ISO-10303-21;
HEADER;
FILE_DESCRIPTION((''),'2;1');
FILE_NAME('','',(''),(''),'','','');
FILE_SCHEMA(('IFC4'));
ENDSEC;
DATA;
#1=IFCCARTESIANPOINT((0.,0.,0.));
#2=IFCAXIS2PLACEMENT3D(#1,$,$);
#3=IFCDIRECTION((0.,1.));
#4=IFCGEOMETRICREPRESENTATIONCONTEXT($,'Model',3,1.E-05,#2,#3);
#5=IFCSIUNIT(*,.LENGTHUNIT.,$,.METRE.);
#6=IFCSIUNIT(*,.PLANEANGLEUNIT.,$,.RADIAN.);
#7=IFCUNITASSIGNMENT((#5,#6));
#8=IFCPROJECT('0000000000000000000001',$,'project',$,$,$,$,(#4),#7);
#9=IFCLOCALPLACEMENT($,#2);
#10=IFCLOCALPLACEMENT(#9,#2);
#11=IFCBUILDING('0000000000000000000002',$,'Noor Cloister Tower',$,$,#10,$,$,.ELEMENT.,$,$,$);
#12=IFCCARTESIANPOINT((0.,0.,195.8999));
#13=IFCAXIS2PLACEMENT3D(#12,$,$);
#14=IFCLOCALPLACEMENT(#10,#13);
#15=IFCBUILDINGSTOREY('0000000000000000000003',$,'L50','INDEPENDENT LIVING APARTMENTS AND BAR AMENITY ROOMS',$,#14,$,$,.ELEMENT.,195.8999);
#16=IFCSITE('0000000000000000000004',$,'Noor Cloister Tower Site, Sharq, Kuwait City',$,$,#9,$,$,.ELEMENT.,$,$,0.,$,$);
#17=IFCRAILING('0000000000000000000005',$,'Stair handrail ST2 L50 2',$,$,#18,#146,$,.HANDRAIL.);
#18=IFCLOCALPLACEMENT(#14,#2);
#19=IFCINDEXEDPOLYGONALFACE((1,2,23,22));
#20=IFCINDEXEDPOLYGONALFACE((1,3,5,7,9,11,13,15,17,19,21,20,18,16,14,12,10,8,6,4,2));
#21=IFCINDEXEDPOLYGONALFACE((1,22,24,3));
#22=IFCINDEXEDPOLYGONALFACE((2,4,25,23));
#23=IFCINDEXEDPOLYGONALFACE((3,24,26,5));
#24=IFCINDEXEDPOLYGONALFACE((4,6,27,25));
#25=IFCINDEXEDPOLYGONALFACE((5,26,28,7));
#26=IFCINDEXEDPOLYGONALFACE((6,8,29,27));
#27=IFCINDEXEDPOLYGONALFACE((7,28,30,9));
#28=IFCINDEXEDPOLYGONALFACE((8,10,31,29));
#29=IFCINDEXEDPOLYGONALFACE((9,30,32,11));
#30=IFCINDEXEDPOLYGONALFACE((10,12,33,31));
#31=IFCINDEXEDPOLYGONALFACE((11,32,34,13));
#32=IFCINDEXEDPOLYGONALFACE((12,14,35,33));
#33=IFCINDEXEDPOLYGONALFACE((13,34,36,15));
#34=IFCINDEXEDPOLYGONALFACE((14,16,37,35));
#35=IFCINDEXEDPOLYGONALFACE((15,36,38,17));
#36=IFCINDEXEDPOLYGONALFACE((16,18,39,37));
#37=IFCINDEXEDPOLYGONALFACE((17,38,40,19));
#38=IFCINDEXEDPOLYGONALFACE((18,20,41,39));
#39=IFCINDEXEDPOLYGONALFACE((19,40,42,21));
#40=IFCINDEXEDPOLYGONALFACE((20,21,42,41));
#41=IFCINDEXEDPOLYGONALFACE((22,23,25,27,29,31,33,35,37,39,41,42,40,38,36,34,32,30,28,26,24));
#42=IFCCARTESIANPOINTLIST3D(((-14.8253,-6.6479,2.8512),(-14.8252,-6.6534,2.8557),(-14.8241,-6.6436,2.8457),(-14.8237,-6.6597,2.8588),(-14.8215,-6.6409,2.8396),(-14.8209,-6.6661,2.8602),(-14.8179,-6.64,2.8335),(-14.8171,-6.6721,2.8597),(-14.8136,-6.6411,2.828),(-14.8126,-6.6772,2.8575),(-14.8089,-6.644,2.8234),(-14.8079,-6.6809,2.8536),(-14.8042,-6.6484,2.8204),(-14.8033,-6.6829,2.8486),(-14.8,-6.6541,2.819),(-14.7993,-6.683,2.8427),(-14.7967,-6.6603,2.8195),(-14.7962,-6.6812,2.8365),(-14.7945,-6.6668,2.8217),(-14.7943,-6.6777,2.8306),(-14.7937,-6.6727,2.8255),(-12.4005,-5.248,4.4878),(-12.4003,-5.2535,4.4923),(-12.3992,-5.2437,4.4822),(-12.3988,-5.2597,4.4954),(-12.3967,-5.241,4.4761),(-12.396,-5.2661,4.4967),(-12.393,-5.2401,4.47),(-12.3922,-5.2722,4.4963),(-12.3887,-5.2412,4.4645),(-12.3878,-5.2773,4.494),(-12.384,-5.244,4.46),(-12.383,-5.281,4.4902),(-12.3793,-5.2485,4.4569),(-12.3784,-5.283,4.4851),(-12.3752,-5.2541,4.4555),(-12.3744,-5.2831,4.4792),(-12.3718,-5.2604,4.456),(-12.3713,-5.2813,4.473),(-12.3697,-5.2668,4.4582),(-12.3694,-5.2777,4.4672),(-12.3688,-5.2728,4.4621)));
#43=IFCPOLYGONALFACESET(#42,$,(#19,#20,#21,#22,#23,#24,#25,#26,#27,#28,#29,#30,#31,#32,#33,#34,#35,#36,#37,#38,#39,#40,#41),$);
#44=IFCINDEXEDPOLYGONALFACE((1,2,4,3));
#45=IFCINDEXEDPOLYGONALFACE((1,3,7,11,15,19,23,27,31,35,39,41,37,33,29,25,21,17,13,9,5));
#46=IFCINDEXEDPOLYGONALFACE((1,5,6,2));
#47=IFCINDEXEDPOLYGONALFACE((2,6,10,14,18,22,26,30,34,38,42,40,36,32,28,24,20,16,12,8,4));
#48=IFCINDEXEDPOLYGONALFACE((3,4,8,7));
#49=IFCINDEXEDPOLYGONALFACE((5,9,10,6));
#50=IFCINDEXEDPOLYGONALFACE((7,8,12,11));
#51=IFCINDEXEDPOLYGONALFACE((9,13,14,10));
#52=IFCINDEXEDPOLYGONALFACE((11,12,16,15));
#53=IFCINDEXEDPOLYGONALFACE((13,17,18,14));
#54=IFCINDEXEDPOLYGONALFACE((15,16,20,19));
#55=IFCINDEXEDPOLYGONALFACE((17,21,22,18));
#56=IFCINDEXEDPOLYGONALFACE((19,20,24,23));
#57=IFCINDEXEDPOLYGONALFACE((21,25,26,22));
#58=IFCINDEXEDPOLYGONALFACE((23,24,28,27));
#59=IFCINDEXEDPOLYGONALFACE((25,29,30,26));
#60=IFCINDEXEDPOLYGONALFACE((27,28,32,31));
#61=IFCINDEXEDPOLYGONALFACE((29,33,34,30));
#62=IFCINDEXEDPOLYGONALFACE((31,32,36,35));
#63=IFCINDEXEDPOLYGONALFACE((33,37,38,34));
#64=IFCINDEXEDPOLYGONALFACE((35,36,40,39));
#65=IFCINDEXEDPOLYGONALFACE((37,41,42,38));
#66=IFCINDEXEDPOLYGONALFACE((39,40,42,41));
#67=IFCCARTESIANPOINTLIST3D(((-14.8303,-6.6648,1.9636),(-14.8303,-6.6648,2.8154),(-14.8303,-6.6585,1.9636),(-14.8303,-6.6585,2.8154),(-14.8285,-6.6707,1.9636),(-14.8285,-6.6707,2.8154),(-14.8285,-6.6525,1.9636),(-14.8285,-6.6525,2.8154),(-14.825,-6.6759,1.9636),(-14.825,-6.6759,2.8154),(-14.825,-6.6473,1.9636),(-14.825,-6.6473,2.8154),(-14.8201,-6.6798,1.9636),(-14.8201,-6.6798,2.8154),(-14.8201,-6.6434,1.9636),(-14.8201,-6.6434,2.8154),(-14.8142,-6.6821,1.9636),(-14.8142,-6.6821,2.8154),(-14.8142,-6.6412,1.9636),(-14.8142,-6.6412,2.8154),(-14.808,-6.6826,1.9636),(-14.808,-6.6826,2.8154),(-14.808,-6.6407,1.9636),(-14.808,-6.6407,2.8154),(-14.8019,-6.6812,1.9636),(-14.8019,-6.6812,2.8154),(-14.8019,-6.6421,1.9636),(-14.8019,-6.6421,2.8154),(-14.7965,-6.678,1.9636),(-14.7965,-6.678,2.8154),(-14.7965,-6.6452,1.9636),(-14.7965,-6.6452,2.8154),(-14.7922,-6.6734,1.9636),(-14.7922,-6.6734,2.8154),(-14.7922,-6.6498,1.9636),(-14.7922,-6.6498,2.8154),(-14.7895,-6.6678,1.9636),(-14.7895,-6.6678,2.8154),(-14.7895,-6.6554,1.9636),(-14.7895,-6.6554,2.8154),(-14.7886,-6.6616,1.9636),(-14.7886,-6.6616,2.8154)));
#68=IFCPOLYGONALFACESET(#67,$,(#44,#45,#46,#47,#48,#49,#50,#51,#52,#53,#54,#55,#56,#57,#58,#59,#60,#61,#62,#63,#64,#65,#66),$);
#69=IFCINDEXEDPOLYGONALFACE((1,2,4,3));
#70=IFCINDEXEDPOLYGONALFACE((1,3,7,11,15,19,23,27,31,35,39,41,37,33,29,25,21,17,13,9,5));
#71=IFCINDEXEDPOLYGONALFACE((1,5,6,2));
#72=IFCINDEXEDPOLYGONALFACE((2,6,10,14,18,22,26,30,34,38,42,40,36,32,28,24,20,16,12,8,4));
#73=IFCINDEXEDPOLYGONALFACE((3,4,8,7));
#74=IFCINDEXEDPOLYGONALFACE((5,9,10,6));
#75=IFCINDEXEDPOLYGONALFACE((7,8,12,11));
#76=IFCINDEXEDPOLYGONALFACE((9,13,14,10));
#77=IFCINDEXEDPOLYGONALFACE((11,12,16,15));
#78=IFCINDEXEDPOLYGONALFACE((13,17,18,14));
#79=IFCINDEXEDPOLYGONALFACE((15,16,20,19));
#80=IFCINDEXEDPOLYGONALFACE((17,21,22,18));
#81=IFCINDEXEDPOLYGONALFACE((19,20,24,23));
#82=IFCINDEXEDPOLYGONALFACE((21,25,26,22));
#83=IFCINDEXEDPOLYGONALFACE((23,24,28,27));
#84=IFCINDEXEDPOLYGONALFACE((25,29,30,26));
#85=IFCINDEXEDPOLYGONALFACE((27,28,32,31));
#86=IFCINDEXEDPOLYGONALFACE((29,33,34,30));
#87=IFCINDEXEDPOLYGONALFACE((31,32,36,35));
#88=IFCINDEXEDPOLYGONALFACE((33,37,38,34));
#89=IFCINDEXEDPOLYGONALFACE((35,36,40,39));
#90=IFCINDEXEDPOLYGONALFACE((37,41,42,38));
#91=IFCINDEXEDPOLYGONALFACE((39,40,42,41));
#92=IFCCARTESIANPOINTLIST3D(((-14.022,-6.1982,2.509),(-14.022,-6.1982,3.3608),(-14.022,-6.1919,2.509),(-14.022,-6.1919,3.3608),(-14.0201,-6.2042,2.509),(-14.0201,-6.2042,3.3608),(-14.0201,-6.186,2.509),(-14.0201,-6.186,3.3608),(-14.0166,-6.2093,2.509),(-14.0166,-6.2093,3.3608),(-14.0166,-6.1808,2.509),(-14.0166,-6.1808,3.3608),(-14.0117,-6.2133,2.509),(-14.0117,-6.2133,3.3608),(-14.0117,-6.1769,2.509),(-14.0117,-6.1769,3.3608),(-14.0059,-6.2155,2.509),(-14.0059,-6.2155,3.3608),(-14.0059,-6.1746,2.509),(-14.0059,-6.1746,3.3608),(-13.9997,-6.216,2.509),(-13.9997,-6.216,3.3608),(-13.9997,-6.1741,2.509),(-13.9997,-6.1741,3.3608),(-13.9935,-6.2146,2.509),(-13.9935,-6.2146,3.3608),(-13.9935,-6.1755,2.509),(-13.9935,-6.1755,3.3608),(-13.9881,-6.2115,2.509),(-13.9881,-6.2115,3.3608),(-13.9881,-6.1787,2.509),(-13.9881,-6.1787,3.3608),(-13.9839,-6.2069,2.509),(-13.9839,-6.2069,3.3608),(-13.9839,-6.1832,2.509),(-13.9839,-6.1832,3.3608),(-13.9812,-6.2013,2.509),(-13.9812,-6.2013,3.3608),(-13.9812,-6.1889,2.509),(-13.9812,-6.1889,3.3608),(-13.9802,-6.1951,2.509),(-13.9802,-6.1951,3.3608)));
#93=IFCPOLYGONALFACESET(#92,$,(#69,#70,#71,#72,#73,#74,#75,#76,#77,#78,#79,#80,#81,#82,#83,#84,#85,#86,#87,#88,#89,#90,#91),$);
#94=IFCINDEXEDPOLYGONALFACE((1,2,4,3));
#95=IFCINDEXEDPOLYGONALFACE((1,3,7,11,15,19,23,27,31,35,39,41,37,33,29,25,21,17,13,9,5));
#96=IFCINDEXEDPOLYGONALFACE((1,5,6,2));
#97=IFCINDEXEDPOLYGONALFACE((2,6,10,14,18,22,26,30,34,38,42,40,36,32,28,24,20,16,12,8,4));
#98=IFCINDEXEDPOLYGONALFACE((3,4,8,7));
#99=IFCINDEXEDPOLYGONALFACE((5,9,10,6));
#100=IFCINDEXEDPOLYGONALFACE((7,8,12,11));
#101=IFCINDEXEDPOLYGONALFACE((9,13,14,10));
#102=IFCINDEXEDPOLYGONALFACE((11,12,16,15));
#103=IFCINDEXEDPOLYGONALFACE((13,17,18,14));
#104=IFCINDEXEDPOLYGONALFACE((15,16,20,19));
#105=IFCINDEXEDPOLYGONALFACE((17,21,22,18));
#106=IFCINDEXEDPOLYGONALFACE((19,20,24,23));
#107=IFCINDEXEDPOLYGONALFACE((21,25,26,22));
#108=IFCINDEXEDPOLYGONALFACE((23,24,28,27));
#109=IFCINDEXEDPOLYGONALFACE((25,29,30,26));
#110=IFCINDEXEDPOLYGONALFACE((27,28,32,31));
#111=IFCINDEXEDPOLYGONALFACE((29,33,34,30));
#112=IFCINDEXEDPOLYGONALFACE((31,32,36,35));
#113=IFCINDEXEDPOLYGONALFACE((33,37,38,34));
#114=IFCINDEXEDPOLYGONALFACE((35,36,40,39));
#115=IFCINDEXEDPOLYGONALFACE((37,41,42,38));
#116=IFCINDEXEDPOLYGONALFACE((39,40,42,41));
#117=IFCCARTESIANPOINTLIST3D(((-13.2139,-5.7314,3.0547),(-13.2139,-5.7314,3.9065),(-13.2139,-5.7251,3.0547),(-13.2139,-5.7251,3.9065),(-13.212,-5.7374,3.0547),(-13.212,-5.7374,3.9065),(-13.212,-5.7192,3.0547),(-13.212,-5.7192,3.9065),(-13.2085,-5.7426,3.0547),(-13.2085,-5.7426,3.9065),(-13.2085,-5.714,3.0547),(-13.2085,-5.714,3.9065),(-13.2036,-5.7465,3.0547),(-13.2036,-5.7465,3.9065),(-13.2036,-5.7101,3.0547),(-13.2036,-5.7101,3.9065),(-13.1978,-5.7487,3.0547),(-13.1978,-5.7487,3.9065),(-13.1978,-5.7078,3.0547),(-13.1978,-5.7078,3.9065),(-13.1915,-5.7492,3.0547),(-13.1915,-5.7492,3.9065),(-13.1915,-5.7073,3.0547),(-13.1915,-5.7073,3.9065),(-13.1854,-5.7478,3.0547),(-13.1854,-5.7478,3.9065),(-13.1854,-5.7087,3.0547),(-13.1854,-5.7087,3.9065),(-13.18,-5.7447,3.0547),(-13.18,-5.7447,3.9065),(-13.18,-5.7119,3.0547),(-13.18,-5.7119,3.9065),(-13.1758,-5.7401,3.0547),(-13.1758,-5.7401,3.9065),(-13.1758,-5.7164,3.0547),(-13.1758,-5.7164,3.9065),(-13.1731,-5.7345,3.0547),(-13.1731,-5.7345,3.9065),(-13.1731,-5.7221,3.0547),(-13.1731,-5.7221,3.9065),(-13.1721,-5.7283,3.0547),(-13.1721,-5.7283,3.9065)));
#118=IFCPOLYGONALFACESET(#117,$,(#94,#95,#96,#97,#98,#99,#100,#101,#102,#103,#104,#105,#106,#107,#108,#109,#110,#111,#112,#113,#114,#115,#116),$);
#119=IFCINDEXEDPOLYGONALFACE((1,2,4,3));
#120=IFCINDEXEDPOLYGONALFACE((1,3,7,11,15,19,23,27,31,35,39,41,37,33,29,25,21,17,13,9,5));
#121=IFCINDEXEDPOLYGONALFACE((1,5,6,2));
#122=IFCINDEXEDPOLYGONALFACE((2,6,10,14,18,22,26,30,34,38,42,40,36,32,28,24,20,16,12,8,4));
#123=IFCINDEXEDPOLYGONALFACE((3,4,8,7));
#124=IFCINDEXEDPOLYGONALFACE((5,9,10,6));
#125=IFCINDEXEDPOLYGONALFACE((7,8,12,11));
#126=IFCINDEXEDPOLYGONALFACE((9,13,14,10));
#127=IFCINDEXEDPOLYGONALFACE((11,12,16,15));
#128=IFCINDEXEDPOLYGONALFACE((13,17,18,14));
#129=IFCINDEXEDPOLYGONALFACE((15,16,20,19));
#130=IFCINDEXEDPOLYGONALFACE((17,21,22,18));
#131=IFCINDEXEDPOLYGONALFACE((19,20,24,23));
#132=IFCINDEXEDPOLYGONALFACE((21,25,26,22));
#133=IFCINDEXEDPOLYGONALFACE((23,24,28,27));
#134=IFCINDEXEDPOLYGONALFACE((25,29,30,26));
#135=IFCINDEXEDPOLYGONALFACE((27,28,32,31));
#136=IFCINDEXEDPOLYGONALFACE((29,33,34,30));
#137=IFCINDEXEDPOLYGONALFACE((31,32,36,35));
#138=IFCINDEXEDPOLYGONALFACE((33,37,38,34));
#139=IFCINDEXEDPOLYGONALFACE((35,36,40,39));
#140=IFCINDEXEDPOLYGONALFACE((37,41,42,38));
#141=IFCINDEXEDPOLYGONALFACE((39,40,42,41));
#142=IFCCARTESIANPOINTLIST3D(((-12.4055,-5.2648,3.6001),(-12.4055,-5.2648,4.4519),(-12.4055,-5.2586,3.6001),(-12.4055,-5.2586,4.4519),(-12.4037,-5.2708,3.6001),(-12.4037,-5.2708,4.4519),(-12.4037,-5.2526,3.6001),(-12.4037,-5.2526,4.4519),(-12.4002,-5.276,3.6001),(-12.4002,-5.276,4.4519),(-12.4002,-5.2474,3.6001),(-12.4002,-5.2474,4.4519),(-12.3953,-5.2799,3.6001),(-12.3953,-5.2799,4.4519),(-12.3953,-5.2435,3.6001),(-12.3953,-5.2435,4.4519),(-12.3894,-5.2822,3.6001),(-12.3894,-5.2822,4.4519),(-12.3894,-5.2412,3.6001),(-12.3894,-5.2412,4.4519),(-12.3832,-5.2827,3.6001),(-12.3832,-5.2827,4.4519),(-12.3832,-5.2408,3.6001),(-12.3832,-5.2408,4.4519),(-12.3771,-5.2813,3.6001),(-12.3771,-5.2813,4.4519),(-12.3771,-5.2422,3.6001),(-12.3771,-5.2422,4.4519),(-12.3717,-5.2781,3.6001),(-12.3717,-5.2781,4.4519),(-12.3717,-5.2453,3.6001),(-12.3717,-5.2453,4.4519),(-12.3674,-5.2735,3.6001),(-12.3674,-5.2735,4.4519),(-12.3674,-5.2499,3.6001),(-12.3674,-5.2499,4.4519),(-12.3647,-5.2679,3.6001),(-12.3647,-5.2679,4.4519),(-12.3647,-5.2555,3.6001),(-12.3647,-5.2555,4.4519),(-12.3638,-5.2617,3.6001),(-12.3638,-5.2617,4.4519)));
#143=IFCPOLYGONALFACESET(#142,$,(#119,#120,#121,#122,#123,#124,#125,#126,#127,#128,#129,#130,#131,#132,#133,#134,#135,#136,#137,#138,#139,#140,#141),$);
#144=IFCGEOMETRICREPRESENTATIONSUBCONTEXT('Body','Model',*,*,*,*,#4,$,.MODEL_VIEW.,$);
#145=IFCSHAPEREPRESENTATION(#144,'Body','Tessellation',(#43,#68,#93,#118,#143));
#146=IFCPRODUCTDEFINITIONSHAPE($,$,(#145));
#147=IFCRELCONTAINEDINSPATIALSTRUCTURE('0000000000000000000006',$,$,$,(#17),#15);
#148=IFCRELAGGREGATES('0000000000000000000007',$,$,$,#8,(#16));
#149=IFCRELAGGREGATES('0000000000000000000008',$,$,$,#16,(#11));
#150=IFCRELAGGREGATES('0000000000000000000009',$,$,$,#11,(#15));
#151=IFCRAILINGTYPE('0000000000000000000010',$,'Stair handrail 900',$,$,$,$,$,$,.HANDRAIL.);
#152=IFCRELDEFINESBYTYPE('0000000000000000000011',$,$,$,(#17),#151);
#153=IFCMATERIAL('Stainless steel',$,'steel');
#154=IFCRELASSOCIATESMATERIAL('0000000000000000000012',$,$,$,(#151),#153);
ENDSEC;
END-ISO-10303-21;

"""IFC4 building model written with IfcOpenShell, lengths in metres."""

from ifc_helpers import new_model, si_unit, direction, frame, origin, origin_2d, place, context, subcontext, project, spatial, circle, extrude, material, type_object, element, save


model = new_model("IFC4")

# Units and contexts
model_context = context("Model", 3, precision=1e-05, world=origin(), true_north=direction((0.0, 1.0)))
body_context = subcontext(model_context, "Body", "Model", "MODEL_VIEW")
ifc_project = project(units=[si_unit("LENGTHUNIT", "METRE"), si_unit("PLANEANGLEUNIT", "RADIAN")], contexts=[model_context])

# Site, building, storey
site_placement = place(None, origin())
site = spatial("IfcSite", under=ifc_project, at=site_placement, Name="Noor Cloister Tower Site, Sharq, Kuwait City", CompositionType="ELEMENT", RefElevation=0.0)
building_placement = place(site_placement, origin())
building = spatial("IfcBuilding", under=site, at=building_placement, Name="Noor Cloister Tower", CompositionType="ELEMENT")
storey_placement = place(building_placement, frame((0.0, 0.0, 195.8999)))
storey = spatial("IfcBuildingStorey", under=building, at=storey_placement, Name="L50", Description="INDEPENDENT LIVING APARTMENTS AND BAR AMENITY ROOMS", CompositionType="ELEMENT", Elevation=195.8999)

# Railing
ifc_material_1 = material(Name="Stainless steel", Category="steel")
railing_type_1 = type_object("IfcRailingType", Name="Stair handrail 900", PredefinedType="HANDRAIL", material=ifc_material_1)
railing_1_placement = place(storey_placement, frame((-14.8096, -6.6616, 1.9636)))
element("IfcRailing", 1, at=railing_1_placement, inside=storey, type_object=railing_type_1, Name="Stair handrail ST2 L50 2", PredefinedType="HANDRAIL", context=body_context, shape_type="SweptSolid", body=[
    extrude(circle(Radius=0.0239, at=origin_2d()), frame((0.0, 0.0, 0.876), z_axis=(0.74769, 0.431661, 0.504608), x_axis=(-0.499984, 0.866035, 0.0)), (0.0, 0.0, 1.0), 3.2432),
    extrude(circle(Radius=0.021, at=origin_2d()), origin(), (0.0, 0.0, 1.0), 0.8518),
    extrude(circle(Radius=0.021, at=origin_2d()), frame((0.8083, 0.4666, 0.5454)), (0.0, 0.0, 1.0), 0.8518),
    extrude(circle(Radius=0.021, at=origin_2d()), frame((1.6165, 0.9333, 1.0911)), (0.0, 0.0, 1.0), 0.8518),
    extrude(circle(Radius=0.021, at=origin_2d()), frame((2.4248, 1.3999, 1.6365)), (0.0, 0.0, 1.0), 0.8518),
])

save(model, "model.ifc")
